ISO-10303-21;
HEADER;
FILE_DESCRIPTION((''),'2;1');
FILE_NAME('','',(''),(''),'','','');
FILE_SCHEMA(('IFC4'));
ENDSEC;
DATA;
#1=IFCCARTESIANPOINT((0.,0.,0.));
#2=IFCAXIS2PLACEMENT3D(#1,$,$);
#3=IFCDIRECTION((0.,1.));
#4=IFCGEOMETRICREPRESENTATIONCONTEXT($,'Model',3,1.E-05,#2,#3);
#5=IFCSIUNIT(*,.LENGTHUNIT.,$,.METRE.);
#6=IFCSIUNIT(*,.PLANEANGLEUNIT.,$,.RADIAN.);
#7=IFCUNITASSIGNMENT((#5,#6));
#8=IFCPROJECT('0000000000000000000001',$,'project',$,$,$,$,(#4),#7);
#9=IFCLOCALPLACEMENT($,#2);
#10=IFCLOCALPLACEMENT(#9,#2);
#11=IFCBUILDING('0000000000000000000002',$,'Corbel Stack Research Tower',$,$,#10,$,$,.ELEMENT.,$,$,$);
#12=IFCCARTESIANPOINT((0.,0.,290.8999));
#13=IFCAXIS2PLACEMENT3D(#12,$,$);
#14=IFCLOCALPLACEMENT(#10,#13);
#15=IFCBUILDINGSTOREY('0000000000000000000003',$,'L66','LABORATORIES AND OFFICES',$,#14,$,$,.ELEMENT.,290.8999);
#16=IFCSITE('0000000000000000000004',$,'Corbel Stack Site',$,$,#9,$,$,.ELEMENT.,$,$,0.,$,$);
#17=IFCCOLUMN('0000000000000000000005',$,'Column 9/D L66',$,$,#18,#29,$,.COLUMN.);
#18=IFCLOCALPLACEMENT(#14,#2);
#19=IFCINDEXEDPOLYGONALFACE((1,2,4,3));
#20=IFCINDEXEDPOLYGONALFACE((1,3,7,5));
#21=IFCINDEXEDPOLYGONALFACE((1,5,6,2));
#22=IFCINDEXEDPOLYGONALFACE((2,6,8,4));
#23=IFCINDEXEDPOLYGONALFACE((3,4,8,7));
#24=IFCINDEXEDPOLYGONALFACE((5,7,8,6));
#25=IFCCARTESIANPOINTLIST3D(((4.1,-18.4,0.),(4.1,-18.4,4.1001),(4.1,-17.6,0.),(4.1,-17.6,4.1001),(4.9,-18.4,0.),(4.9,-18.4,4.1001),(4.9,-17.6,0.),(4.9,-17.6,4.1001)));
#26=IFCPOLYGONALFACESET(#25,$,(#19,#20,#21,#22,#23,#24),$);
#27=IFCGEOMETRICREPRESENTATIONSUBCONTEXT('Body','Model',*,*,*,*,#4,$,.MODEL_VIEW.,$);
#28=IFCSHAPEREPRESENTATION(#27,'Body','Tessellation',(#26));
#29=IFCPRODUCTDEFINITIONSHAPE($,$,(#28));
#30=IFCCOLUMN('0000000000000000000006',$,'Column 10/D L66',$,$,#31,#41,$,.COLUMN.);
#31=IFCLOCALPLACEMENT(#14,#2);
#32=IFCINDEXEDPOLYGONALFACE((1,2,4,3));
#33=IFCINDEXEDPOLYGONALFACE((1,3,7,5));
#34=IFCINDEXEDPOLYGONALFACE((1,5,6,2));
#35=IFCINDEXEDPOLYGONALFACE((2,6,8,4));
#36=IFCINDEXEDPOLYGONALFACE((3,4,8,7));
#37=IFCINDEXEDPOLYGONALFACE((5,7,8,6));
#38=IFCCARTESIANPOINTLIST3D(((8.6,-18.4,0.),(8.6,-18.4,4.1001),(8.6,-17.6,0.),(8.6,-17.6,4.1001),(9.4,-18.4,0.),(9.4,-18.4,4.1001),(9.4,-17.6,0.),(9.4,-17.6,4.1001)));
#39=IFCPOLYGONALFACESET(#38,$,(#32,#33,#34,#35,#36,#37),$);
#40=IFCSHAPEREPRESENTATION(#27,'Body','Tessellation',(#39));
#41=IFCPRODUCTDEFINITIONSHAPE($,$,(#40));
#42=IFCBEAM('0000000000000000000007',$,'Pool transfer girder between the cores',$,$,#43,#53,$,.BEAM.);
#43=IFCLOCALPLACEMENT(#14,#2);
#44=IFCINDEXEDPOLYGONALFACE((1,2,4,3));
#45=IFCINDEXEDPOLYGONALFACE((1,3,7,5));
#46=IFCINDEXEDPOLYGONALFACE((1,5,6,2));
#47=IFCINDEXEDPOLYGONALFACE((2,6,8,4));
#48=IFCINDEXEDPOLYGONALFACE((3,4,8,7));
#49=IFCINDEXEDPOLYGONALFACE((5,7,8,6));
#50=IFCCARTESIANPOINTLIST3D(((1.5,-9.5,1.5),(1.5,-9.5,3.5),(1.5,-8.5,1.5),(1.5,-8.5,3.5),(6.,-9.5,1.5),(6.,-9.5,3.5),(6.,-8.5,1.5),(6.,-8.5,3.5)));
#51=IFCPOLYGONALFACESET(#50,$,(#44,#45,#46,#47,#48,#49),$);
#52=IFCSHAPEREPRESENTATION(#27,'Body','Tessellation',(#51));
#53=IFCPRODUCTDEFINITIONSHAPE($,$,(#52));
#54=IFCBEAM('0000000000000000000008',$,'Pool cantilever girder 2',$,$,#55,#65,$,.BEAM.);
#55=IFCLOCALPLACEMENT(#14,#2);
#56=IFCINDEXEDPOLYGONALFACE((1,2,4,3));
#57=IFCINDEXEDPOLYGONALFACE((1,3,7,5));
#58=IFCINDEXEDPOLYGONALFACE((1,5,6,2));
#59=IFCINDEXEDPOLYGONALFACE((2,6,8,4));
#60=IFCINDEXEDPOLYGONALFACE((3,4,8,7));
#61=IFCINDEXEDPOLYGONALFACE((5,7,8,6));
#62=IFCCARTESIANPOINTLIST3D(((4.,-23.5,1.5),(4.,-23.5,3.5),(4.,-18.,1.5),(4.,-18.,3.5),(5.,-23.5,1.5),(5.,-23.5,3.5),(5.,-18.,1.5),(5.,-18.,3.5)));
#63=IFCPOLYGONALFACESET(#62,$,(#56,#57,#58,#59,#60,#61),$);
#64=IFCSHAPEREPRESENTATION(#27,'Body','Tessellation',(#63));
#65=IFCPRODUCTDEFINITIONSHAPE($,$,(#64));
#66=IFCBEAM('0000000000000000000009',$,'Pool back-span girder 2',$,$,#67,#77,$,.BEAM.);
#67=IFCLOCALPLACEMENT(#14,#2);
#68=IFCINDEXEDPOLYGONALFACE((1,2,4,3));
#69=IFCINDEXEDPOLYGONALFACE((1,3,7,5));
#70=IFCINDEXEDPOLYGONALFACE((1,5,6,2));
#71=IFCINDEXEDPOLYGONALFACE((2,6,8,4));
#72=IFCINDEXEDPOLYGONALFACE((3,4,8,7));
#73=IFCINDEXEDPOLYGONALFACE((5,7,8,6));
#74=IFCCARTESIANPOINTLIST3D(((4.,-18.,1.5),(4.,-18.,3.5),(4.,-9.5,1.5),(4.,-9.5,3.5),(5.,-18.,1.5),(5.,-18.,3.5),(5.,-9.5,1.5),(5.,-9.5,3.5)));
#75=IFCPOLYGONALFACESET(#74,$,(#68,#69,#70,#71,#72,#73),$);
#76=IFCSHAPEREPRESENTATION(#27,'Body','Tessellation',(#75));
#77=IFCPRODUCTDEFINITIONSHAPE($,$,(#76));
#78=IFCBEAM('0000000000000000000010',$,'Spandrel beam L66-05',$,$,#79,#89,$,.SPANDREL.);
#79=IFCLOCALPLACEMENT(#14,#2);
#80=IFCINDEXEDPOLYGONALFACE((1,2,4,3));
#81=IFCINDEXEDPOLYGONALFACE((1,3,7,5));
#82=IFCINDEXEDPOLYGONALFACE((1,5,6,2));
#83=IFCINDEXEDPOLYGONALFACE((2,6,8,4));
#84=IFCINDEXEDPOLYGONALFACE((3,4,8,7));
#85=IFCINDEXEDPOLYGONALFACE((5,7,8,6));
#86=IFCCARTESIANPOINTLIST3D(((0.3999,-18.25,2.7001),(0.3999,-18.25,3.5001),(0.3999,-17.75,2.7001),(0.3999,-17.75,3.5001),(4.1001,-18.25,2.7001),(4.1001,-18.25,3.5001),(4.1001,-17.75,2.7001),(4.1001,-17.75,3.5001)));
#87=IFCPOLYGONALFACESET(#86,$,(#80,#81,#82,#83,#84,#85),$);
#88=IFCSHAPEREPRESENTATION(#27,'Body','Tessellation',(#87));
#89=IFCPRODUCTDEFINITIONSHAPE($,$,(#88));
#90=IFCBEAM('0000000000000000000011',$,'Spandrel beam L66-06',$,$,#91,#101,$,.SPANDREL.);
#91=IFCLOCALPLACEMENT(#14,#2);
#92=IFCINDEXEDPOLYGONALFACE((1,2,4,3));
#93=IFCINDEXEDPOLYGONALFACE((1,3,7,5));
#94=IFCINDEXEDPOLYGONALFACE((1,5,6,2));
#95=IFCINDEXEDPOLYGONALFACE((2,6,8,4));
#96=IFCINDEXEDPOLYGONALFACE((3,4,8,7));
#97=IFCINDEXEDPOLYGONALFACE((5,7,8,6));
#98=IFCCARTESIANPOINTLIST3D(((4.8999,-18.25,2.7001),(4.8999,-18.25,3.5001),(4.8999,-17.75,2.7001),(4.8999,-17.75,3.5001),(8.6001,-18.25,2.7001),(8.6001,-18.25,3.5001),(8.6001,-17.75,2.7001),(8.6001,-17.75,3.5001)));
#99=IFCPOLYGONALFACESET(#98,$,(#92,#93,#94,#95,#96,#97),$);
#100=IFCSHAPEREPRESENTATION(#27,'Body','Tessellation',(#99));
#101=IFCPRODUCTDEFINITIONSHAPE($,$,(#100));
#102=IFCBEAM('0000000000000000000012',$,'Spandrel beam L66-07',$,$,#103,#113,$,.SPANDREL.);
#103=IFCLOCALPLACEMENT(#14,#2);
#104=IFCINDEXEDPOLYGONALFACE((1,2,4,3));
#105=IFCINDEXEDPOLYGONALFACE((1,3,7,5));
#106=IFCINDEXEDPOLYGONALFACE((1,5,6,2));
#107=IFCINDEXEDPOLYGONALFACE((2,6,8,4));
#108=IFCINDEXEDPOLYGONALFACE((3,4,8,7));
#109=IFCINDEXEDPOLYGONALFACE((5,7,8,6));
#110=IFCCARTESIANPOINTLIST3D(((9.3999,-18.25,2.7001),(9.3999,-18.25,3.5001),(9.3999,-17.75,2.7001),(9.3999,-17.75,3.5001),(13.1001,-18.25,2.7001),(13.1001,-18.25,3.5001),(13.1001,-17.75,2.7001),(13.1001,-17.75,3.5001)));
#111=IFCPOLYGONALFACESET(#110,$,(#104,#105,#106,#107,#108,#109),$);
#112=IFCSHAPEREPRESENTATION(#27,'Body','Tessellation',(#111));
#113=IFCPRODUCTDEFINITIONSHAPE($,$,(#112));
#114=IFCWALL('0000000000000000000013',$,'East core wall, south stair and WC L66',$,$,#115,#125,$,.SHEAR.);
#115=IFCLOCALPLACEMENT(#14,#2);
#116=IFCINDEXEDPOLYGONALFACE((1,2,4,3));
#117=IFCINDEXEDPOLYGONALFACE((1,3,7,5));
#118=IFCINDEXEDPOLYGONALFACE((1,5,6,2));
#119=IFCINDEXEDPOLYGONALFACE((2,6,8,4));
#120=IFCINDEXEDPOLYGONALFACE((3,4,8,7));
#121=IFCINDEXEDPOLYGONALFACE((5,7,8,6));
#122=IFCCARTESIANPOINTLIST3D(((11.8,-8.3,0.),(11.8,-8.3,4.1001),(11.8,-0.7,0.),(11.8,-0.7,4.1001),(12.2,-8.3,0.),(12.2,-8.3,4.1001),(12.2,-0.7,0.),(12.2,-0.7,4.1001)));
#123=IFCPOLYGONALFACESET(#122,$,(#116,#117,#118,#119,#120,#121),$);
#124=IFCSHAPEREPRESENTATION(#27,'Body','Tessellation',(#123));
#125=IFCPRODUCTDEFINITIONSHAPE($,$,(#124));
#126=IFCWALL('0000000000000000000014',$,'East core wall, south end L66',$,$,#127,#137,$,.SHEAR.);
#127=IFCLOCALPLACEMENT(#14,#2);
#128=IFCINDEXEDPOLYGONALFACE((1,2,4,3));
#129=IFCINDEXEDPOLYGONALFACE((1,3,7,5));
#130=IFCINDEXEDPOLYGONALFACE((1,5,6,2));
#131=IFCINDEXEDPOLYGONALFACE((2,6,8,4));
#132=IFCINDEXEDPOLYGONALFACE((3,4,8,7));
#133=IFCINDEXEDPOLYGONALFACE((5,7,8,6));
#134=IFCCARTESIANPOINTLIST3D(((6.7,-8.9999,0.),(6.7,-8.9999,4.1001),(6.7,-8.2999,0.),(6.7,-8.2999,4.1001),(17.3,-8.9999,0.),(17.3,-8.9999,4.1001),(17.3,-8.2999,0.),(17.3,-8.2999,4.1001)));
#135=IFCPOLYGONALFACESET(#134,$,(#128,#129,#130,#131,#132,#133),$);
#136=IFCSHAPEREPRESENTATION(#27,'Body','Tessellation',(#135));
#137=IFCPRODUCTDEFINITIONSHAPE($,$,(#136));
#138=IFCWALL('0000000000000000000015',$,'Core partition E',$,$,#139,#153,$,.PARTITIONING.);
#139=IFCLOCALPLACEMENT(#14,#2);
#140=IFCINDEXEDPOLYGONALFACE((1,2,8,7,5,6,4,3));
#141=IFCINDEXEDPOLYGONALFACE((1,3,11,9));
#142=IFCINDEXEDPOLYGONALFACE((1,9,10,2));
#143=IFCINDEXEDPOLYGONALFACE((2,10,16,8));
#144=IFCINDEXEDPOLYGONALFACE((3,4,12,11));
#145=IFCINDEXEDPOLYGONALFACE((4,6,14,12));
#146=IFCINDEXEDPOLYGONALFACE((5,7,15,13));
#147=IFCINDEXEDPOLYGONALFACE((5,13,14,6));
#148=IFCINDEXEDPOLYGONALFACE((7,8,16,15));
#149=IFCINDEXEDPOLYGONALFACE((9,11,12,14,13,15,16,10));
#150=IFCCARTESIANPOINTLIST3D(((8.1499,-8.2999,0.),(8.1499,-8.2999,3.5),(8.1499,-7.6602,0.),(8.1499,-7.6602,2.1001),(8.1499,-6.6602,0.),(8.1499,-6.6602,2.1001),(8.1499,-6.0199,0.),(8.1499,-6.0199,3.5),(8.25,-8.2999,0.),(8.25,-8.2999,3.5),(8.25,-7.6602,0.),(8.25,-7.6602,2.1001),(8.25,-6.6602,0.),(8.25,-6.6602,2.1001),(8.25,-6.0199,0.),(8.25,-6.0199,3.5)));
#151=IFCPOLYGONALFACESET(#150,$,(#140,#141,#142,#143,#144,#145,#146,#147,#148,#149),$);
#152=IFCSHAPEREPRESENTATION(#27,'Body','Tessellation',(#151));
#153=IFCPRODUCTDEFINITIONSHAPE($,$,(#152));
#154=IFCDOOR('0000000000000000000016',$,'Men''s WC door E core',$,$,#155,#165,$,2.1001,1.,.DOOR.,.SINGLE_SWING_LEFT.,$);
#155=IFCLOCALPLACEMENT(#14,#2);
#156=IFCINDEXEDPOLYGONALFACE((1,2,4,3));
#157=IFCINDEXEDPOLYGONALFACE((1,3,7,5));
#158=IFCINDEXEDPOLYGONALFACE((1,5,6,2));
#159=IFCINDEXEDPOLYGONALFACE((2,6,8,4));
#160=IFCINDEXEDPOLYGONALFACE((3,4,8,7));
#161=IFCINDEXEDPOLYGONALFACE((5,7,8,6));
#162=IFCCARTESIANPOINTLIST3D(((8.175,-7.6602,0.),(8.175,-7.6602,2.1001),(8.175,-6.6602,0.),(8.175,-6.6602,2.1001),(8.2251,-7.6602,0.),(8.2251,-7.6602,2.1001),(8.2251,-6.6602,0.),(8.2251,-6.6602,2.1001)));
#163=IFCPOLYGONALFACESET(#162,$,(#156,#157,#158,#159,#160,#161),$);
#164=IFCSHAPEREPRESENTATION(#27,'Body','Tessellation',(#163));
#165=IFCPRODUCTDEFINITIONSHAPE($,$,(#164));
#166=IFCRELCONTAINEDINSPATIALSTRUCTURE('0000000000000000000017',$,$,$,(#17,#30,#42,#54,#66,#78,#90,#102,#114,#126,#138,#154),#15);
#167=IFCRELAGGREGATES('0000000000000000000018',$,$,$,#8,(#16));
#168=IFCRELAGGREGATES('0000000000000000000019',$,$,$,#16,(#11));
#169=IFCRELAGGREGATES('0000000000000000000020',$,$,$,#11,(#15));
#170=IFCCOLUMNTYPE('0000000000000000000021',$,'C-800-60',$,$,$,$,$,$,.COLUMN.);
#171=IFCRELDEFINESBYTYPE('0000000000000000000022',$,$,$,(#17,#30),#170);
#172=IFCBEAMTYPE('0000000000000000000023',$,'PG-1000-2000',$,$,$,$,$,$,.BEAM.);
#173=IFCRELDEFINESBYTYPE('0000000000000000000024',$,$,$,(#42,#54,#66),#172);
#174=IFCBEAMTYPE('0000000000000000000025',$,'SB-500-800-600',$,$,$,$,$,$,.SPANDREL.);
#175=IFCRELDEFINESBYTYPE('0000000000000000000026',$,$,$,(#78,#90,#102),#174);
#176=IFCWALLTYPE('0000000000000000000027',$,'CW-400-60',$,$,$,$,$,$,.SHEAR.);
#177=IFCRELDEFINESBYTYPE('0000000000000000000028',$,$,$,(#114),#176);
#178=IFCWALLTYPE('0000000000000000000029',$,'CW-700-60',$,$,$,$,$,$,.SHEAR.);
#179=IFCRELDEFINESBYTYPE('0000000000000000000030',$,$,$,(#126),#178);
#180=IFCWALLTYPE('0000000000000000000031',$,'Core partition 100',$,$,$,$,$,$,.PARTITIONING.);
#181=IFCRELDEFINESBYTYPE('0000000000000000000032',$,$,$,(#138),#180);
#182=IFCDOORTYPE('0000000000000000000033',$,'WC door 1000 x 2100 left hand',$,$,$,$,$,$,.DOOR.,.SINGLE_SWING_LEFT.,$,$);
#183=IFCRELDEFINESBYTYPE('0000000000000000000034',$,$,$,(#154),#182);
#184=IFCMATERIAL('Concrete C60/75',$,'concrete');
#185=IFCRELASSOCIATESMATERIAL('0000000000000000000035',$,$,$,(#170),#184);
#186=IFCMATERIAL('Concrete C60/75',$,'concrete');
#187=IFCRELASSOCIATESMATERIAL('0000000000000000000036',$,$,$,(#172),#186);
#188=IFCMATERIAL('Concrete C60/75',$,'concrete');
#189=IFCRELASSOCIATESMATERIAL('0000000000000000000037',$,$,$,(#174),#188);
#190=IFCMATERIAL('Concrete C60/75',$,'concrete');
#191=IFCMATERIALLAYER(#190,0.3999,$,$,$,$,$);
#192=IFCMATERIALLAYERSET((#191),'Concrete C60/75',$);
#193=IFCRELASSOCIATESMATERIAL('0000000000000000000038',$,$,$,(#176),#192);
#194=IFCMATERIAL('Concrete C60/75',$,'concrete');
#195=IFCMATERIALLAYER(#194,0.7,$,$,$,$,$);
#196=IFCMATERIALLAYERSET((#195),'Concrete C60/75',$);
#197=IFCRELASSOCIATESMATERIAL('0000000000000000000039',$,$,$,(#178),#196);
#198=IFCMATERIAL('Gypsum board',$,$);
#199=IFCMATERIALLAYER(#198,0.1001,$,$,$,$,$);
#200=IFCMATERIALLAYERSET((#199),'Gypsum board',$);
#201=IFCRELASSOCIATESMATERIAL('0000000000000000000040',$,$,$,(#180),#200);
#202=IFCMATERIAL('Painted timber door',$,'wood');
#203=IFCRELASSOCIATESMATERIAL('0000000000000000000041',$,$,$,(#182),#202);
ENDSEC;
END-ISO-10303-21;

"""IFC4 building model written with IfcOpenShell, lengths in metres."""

from ifc_helpers import new_model, si_unit, direction, frame, frame_2d, origin, origin_2d, place, context, subcontext, project, spatial, rectangle, extrude, material, layer, layer_set, material_profile, profile_set, type_object, element, fill, save


model = new_model("IFC4")

# Units and contexts
model_context = context("Model", 3, precision=1e-05, world=origin(), true_north=direction((0.0, 1.0)))
body_context = subcontext(model_context, "Body", "Model", "MODEL_VIEW")
ifc_project = project(units=[si_unit("LENGTHUNIT", "METRE"), si_unit("PLANEANGLEUNIT", "RADIAN")], contexts=[model_context])

# Site, building, storey
site_placement = place(None, origin())
site = spatial("IfcSite", under=ifc_project, at=site_placement, Name="Corbel Stack Site", CompositionType="ELEMENT", RefElevation=0.0)
building_placement = place(site_placement, origin())
building = spatial("IfcBuilding", under=site, at=building_placement, Name="Corbel Stack Research Tower", CompositionType="ELEMENT")
storey_placement = place(building_placement, frame((0.0, 0.0, 290.8999)))
storey = spatial("IfcBuildingStorey", under=building, at=storey_placement, Name="L66", Description="LABORATORIES AND OFFICES", CompositionType="ELEMENT", Elevation=290.8999)

# Columns
ifc_material_1 = material(Name="Concrete C60/75", Category="concrete")
ifc_material_profile_1 = material_profile(ifc_material_1, rectangle(XDim=0.8, YDim=0.8, at=origin_2d()), Name="RC 800 x 800")
ifc_profile_set_1 = profile_set([ifc_material_profile_1], Name="Concrete C60/75")
column_type = type_object("IfcColumnType", Name="C-800-60", PredefinedType="COLUMN", material=ifc_profile_set_1)
for number, where, z_axis, x_axis, name in (
    (1, (4.5, -18.0, 0.0), (0.0, 0.0, 1.0), (1.0, 0.0, 0.0), "Column 9/D L66"),
    (2, (9.0, -18.0, 0.0), (0.0, 0.0, 1.0), (1.0, 0.0, 0.0), "Column 10/D L66"),
):
    element("IfcColumn", number, at=place(storey_placement, frame(where, z_axis=z_axis, x_axis=x_axis)), inside=storey, type_object=column_type, Name=name, PredefinedType="COLUMN", context=body_context, shape_type="SweptSolid", body=[
        extrude(rectangle(XDim=0.8, YDim=0.8, at=origin_2d()), origin(), (0.0, 0.0, 1.0), 4.1001),
    ])

# Beams
ifc_material_2 = material(Name="Concrete C60/75", Category="concrete")
ifc_material_profile_2 = material_profile(ifc_material_2, rectangle(XDim=1.0, YDim=2.0, at=origin_2d()), Name="RC 1000 x 2000")
ifc_profile_set_2 = profile_set([ifc_material_profile_2], Name="Concrete C60/75")
beam_type_1 = type_object("IfcBeamType", Name="PG-1000-2000", PredefinedType="BEAM", material=ifc_profile_set_2)
beam_1_placement = place(storey_placement, frame((1.5, -9.0, 2.5), z_axis=(1.0, 0.0, 0.0), x_axis=(0.0, 1.0, 0.0)))
element("IfcBeam", 3, at=beam_1_placement, inside=storey, type_object=beam_type_1, Name="Pool transfer girder between the cores", PredefinedType="BEAM", context=body_context, shape_type="SweptSolid", body=[
    extrude(rectangle(XDim=1.0, YDim=2.0, at=origin_2d()), origin(), (0.0, 0.0, 1.0), 4.5),
])
beam_2_placement = place(storey_placement, frame((4.5, -23.5, 2.5), z_axis=(0.0, 1.0, 0.0), x_axis=(-1.0, 0.0, 0.0)))
element("IfcBeam", 4, at=beam_2_placement, inside=storey, type_object=beam_type_1, Name="Pool cantilever girder 2", PredefinedType="BEAM", context=body_context, shape_type="SweptSolid", body=[
    extrude(rectangle(XDim=1.0, YDim=2.0, at=origin_2d()), origin(), (0.0, 0.0, 1.0), 5.5),
])
beam_3_placement = place(storey_placement, frame((4.5, -18.0, 2.5), z_axis=(0.0, 1.0, 0.0), x_axis=(-1.0, 0.0, 0.0)))
element("IfcBeam", 5, at=beam_3_placement, inside=storey, type_object=beam_type_1, Name="Pool back-span girder 2", PredefinedType="BEAM", context=body_context, shape_type="SweptSolid", body=[
    extrude(rectangle(XDim=1.0, YDim=2.0, at=origin_2d()), origin(), (0.0, 0.0, 1.0), 8.5),
])
ifc_material_3 = material(Name="Concrete C60/75", Category="concrete")
ifc_material_profile_3 = material_profile(ifc_material_3, rectangle(XDim=0.5, YDim=0.8, at=origin_2d()), Name="RC 500 x 800")
ifc_profile_set_3 = profile_set([ifc_material_profile_3], Name="Concrete C60/75")
beam_type_2 = type_object("IfcBeamType", Name="SB-500-800-600", PredefinedType="SPANDREL", material=ifc_profile_set_3)
for number, where, z_axis, x_axis, name in (
    (6, (0.3999, -18.0, 3.1001), (1.0, 0.0, 0.0), (0.0, 1.0, 0.0), "Spandrel beam L66-05"),
    (7, (4.8999, -18.0, 3.1001), (1.0, 0.0, 0.0), (0.0, 1.0, 0.0), "Spandrel beam L66-06"),
    (8, (9.3999, -18.0, 3.1001), (1.0, 0.0, 0.0), (0.0, 1.0, 0.0), "Spandrel beam L66-07"),
):
    element("IfcBeam", number, at=place(storey_placement, frame(where, z_axis=z_axis, x_axis=x_axis)), inside=storey, type_object=beam_type_2, Name=name, PredefinedType="SPANDREL", context=body_context, shape_type="SweptSolid", body=[
        extrude(rectangle(XDim=0.5, YDim=0.8, at=origin_2d()), origin(), (0.0, 0.0, 1.0), 3.7002),
    ])

# Wall
ifc_material_4 = material(Name="Concrete C60/75", Category="concrete")
ifc_layer_1 = layer(ifc_material_4, 0.3999)
ifc_layer_set_1 = layer_set([ifc_layer_1], Name="Concrete C60/75")
wall_type_1 = type_object("IfcWallType", Name="CW-400-60", PredefinedType="SHEAR", material=ifc_layer_set_1)
wall_1_placement = place(storey_placement, frame((12.0, -8.3, 0.0), z_axis=(0.0, 0.0, 1.0), x_axis=(0.0, 1.0, 0.0)))
element("IfcWall", 9, at=wall_1_placement, inside=storey, type_object=wall_type_1, Name="East core wall, south stair and WC L66", PredefinedType="SHEAR", context=body_context, shape_type="SweptSolid", body=[
    extrude(rectangle(XDim=7.6001, YDim=0.3999, at=frame_2d((3.8, 0.0))), origin(), (0.0, 0.0, 1.0), 4.1001),
])

# Shared definitions
ifc_material_5 = material(Name="Concrete C60/75", Category="concrete")
ifc_layer_2 = layer(ifc_material_5, 0.7)
ifc_layer_set_2 = layer_set([ifc_layer_2], Name="Concrete C60/75")
wall_type_2 = type_object("IfcWallType", Name="CW-700-60", PredefinedType="SHEAR", material=ifc_layer_set_2)

# Wall
wall_2_placement = place(storey_placement, frame((6.7, -8.6499, 0.0), z_axis=(0.0, 0.0, 1.0), x_axis=(1.0, 0.0, 0.0)))
element("IfcWall", 10, at=wall_2_placement, inside=storey, type_object=wall_type_2, Name="East core wall, south end L66", PredefinedType="SHEAR", context=body_context, shape_type="SweptSolid", body=[
    extrude(rectangle(XDim=10.6001, YDim=0.7, at=frame_2d((5.3, 0.0))), origin(), (0.0, 0.0, 1.0), 4.1001),
])

# Wall, opening, door
ifc_material_6 = material(Name="Gypsum board")
ifc_layer_3 = layer(ifc_material_6, 0.1001)
ifc_layer_set_3 = layer_set([ifc_layer_3], Name="Gypsum board")
wall_type_3 = type_object("IfcWallType", Name="Core partition 100", PredefinedType="PARTITIONING", material=ifc_layer_set_3)
wall_3_placement = place(storey_placement, frame((8.2, -8.3, 0.0), z_axis=(0.0, 0.0, 1.0), x_axis=(0.0, 1.0, 0.0)))
wall_3 = element("IfcWall", 11, at=wall_3_placement, inside=storey, type_object=wall_type_3, Name="Core partition E", PredefinedType="PARTITIONING", context=body_context, shape_type="SweptSolid", body=[
    extrude(rectangle(XDim=2.28, YDim=0.1001, at=frame_2d((1.1401, 0.0))), origin(), (0.0, 0.0, 1.0), 3.5),
])
opening_1_placement = place(wall_3_placement, frame((0.6399, 0.0, 0.0)))
opening_1 = element("IfcOpeningElement", 12, at=opening_1_placement, cuts=wall_3, PredefinedType="OPENING", context=body_context, shape_type="SweptSolid", body=[
    extrude(rectangle(XDim=1.0, YDim=2.1001, at=frame_2d((0.5, 1.05))), frame((0.0, 0.0601, 0.0), z_axis=(0.0, -1.0, 0.0), x_axis=(1.0, 0.0, 0.0)), (0.0, 0.0, 1.0), 0.1201),
])
ifc_material_7 = material(Name="Painted timber door", Category="wood")
door_type_1 = type_object("IfcDoorType", Name="WC door 1000 x 2100 left hand", OperationType="SINGLE_SWING_LEFT", PredefinedType="DOOR", material=ifc_material_7)
door_1_placement = place(opening_1_placement, origin())
door_1 = element("IfcDoor", 13, at=door_1_placement, inside=storey, type_object=door_type_1, Name="Men's WC door E core", OperationType="SINGLE_SWING_LEFT", OverallHeight=2.1001, OverallWidth=1.0, PredefinedType="DOOR", context=body_context, shape_type="SweptSolid", body=[
    extrude(rectangle(XDim=1.0, YDim=2.1001, at=frame_2d((0.5, 1.05))), frame((0.0, 0.0249, 0.0), z_axis=(0.0, -1.0, 0.0), x_axis=(1.0, 0.0, 0.0)), (0.0, 0.0, 1.0), 0.05),
])
fill(opening_1, door_1)

save(model, "model.ifc")
